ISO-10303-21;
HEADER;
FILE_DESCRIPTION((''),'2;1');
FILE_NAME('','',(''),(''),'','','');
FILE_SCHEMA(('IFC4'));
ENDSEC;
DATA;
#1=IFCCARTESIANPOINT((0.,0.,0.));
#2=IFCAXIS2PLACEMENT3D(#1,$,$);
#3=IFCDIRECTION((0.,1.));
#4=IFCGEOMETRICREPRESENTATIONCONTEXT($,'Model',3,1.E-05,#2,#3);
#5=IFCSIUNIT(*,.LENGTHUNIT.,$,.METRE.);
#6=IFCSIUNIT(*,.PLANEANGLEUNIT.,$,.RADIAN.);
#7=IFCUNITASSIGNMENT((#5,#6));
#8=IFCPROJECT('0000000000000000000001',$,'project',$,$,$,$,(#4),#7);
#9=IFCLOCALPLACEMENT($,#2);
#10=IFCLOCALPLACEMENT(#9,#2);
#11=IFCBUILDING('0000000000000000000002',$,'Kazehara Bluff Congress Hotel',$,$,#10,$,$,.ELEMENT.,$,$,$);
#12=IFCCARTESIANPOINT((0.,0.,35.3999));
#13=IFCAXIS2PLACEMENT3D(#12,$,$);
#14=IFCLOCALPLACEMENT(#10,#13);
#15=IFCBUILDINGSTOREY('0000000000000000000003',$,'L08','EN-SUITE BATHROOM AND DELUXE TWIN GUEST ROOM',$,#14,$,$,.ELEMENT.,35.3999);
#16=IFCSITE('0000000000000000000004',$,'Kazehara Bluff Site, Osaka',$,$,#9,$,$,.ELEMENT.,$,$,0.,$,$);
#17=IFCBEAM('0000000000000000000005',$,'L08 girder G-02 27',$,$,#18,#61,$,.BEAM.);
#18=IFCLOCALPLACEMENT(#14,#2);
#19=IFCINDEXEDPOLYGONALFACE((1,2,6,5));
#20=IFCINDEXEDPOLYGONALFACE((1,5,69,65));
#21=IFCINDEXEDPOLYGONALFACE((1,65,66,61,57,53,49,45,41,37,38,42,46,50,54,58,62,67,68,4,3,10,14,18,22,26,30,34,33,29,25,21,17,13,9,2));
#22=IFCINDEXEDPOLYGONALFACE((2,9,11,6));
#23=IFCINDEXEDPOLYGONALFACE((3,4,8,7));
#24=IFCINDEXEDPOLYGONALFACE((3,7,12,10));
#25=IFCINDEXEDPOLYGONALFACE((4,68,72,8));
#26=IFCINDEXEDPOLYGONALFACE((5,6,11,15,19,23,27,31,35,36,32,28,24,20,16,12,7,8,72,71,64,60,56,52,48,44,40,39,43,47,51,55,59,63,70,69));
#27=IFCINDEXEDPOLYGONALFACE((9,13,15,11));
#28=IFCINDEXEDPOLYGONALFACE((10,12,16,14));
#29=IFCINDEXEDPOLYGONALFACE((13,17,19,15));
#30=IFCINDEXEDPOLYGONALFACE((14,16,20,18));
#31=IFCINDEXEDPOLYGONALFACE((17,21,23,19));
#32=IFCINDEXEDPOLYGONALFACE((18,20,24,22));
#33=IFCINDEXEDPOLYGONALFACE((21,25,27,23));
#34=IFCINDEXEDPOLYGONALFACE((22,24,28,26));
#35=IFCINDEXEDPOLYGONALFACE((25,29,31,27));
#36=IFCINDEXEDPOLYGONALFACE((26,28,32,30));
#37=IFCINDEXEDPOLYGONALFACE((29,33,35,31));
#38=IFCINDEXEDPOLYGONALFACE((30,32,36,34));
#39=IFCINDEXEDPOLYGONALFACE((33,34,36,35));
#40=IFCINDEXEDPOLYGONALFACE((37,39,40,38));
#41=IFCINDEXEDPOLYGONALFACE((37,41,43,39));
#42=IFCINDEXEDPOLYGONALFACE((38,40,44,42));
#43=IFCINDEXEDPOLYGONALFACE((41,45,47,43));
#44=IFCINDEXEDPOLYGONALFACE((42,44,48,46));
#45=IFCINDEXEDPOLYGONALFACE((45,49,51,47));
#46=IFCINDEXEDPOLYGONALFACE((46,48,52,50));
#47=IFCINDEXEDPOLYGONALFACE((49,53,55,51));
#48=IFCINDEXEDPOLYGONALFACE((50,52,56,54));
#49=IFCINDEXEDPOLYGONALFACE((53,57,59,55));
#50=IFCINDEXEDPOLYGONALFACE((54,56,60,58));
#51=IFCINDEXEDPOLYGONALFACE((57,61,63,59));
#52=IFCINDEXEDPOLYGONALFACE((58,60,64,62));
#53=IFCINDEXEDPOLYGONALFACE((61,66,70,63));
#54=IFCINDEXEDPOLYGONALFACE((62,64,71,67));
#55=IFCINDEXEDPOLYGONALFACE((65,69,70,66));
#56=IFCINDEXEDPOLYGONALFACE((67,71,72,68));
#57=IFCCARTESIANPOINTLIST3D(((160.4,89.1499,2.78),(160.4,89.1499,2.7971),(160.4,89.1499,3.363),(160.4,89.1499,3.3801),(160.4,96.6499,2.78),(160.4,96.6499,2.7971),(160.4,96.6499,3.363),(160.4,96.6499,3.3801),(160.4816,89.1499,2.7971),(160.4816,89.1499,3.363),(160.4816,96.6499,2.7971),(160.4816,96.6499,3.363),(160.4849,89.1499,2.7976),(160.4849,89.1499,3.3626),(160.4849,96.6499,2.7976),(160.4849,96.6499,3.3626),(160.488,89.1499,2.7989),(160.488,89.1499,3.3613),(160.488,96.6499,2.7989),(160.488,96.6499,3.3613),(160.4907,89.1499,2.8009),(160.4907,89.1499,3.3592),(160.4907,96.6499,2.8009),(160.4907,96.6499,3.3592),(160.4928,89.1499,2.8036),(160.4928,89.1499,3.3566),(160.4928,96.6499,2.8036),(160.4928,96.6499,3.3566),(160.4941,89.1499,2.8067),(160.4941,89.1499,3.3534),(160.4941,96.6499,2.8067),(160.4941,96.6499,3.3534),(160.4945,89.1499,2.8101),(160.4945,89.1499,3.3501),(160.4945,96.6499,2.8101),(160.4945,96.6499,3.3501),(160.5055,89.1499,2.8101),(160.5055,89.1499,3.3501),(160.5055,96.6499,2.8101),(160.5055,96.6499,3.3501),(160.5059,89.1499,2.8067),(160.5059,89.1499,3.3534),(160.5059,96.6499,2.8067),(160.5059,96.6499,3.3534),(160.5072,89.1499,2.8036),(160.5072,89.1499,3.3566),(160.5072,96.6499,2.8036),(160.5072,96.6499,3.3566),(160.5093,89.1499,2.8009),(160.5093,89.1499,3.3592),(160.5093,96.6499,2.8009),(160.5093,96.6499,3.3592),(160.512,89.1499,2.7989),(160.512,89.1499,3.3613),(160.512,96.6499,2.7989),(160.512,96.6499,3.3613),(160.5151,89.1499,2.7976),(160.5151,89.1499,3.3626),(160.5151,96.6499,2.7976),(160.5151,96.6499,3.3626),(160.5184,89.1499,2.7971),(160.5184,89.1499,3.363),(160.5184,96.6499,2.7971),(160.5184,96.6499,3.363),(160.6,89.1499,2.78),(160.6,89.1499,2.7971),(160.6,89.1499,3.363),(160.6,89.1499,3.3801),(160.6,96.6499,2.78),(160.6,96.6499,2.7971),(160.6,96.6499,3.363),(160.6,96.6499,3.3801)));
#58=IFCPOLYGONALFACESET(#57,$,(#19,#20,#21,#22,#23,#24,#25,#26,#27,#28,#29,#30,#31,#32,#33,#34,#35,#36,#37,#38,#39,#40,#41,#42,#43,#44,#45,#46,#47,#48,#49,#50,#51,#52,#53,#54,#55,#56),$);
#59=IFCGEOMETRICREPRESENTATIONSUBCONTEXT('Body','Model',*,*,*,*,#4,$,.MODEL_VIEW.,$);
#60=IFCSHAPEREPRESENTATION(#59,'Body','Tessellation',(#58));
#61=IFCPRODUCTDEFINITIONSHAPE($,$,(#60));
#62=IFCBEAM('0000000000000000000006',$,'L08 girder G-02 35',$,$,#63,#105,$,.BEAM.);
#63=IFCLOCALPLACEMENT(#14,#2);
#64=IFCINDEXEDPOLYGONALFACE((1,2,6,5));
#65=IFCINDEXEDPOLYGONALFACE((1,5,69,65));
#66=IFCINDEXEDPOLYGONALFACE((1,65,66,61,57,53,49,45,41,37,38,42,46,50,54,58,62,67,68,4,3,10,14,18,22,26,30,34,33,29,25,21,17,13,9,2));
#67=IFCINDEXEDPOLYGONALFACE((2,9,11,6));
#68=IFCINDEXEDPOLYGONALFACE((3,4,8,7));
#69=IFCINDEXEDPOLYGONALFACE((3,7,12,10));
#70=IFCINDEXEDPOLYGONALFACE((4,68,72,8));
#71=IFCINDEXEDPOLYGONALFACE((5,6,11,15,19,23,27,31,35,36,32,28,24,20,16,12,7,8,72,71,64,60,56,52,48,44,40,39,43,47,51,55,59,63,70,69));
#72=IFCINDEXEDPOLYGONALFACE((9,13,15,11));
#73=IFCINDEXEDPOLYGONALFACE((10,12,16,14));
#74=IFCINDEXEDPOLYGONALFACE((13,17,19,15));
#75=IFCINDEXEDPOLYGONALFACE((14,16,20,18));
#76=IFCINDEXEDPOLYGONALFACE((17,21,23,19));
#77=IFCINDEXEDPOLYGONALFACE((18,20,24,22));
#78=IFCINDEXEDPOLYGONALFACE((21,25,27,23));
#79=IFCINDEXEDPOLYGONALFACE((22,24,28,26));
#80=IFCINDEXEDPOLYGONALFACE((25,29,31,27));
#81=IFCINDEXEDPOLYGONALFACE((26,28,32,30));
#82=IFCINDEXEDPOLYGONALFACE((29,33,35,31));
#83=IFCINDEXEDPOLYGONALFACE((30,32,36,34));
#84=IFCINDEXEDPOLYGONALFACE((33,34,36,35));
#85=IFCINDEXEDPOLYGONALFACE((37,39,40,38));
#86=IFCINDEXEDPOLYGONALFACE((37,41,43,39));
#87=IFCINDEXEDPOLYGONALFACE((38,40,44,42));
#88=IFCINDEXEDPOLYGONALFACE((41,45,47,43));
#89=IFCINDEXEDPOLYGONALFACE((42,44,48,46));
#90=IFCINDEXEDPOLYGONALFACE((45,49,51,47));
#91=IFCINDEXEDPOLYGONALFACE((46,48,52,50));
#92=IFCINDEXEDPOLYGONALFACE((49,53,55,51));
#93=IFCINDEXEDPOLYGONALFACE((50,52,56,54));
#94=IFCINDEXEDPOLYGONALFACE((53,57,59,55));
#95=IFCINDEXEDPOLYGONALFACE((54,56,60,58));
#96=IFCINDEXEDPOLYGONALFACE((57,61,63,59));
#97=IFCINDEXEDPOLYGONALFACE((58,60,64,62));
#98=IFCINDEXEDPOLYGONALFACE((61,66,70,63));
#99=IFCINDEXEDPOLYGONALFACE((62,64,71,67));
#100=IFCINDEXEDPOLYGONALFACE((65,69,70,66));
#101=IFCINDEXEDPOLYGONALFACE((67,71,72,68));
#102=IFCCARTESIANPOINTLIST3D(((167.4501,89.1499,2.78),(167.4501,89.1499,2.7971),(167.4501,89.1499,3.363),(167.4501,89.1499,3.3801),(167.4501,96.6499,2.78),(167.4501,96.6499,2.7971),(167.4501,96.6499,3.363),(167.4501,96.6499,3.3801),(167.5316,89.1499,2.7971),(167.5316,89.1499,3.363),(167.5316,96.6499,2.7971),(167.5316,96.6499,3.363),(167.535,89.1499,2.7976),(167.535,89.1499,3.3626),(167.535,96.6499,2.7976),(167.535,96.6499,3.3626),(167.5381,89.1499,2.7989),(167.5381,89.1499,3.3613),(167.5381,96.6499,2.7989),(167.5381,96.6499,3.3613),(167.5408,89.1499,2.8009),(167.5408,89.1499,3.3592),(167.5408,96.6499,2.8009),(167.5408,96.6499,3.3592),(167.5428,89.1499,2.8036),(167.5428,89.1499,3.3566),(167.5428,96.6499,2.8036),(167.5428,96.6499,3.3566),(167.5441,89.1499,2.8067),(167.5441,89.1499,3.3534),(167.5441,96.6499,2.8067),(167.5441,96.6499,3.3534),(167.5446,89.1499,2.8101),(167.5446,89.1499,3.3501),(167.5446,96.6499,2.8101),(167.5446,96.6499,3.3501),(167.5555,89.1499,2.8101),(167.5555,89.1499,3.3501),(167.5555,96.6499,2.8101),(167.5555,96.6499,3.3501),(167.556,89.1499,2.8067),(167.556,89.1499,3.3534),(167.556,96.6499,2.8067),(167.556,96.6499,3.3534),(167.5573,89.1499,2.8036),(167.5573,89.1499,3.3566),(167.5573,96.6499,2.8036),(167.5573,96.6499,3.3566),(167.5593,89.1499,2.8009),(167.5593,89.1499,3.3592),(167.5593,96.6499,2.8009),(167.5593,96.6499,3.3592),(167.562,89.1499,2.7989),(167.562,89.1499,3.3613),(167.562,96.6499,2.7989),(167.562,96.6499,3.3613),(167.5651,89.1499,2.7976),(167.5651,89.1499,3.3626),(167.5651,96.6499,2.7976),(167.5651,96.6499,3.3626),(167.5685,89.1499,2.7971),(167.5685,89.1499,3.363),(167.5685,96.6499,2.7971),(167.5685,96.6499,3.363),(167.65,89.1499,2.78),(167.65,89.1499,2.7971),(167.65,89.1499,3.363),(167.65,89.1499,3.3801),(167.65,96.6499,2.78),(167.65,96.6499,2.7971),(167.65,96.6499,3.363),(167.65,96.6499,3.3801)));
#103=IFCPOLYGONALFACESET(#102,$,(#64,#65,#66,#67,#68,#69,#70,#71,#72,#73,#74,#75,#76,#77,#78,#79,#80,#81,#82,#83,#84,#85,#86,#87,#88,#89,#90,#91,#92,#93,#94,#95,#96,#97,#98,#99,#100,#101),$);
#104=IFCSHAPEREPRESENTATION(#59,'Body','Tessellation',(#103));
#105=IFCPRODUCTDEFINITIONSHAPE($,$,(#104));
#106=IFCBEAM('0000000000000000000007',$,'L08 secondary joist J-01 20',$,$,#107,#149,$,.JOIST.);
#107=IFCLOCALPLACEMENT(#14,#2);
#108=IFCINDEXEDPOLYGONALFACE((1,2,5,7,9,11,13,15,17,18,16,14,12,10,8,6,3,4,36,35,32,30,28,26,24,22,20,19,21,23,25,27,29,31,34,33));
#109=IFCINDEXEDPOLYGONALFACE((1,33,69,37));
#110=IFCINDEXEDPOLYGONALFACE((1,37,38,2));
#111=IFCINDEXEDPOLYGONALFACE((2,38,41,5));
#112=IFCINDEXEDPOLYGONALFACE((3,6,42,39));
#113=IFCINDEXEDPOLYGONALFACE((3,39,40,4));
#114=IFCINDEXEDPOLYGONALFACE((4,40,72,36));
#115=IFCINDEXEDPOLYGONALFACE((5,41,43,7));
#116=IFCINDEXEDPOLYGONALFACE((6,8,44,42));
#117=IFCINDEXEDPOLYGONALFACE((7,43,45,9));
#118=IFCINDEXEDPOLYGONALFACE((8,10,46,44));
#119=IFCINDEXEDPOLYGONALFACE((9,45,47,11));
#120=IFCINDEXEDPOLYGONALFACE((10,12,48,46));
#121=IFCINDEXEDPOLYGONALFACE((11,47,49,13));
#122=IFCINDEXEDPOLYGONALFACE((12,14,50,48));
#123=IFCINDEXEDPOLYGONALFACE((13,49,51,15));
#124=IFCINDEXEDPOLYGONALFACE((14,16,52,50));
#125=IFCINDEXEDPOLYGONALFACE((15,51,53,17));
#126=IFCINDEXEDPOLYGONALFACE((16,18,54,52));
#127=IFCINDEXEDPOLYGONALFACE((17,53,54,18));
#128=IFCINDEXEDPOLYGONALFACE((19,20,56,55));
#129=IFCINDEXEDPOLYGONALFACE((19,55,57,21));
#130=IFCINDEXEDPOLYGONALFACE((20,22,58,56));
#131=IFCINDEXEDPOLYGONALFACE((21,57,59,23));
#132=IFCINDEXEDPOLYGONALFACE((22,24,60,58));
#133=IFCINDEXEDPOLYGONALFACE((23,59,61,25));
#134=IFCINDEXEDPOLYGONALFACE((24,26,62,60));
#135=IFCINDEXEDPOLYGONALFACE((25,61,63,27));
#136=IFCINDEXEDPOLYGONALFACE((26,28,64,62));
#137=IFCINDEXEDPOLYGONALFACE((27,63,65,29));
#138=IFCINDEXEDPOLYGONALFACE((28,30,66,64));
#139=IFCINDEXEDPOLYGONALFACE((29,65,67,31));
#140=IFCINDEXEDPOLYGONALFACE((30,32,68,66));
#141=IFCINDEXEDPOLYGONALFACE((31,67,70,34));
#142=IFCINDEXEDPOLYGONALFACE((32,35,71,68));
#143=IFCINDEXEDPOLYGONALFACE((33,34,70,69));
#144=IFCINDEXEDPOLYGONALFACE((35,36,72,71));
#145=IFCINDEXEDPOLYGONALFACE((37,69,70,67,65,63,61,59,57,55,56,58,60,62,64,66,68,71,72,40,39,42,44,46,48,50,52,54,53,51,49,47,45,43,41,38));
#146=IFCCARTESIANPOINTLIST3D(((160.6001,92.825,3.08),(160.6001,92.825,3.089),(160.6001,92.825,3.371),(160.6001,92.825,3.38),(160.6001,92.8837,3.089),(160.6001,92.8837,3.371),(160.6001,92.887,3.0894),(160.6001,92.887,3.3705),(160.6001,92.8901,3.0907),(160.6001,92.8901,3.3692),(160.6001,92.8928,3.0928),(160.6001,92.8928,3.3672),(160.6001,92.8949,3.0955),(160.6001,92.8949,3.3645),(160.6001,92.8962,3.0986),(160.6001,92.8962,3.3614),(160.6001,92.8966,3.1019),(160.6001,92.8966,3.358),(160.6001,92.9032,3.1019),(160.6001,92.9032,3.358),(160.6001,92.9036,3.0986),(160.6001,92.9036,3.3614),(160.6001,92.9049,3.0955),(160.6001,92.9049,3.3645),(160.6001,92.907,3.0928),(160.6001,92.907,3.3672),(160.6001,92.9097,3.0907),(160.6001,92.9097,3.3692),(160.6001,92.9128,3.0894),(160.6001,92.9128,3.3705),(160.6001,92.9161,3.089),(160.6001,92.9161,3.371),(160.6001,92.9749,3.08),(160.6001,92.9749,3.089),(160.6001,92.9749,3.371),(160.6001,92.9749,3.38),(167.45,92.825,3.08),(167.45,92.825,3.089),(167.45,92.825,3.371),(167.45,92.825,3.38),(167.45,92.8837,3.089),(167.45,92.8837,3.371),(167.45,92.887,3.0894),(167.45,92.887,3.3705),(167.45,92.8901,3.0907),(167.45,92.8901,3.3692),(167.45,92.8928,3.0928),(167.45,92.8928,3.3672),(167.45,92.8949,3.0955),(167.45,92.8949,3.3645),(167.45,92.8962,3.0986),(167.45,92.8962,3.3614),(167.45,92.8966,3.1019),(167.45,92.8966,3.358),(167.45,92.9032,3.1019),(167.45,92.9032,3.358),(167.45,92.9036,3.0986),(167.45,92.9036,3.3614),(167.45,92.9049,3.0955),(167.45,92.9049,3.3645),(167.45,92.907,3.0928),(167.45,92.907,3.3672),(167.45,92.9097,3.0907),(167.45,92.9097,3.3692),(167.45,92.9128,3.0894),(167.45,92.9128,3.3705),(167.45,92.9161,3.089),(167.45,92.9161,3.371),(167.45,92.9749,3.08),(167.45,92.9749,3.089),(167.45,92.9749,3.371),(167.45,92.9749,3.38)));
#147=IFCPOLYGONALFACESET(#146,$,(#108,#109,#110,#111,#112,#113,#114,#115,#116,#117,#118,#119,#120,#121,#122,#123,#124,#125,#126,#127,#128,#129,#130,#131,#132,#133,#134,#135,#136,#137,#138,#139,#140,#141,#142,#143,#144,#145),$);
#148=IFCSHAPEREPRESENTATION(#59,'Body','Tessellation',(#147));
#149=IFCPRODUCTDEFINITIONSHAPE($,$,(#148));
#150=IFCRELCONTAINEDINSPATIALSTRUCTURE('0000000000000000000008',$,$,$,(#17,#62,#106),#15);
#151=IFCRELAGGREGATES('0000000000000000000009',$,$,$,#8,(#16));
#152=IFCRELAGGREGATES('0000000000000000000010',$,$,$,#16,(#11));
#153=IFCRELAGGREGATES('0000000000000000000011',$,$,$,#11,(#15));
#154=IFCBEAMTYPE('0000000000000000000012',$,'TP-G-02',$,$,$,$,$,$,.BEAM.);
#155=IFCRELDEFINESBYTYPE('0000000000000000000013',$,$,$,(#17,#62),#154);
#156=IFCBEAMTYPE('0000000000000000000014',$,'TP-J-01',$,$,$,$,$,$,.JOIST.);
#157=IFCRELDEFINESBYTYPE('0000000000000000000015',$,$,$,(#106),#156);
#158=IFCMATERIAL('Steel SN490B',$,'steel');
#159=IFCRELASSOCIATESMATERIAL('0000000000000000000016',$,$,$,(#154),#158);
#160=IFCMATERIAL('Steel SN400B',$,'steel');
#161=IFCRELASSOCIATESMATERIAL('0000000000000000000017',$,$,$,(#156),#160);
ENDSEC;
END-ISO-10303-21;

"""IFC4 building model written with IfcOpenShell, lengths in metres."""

from ifc_helpers import new_model, si_unit, direction, frame, origin, origin_2d, place, context, subcontext, project, spatial, i_section, extrude, material, material_profile, profile_set, type_object, element, save


model = new_model("IFC4")

# Units and contexts
model_context = context("Model", 3, precision=1e-05, world=origin(), true_north=direction((0.0, 1.0)))
body_context = subcontext(model_context, "Body", "Model", "MODEL_VIEW")
ifc_project = project(units=[si_unit("LENGTHUNIT", "METRE"), si_unit("PLANEANGLEUNIT", "RADIAN")], contexts=[model_context])

# Site, building, storey
site_placement = place(None, origin())
site = spatial("IfcSite", under=ifc_project, at=site_placement, Name="Kazehara Bluff Site, Osaka", CompositionType="ELEMENT", RefElevation=0.0)
building_placement = place(site_placement, origin())
building = spatial("IfcBuilding", under=site, at=building_placement, Name="Kazehara Bluff Congress Hotel", CompositionType="ELEMENT")
storey_placement = place(building_placement, frame((0.0, 0.0, 35.3999)))
storey = spatial("IfcBuildingStorey", under=building, at=storey_placement, Name="L08", Description="EN-SUITE BATHROOM AND DELUXE TWIN GUEST ROOM", CompositionType="ELEMENT", Elevation=35.3999)

# Beams
ifc_material_1 = material(Name="Steel SN490B", Category="steel")
ifc_material_profile_1 = material_profile(ifc_material_1, i_section(OverallWidth=0.2, OverallDepth=0.6001, WebThickness=0.011, FlangeThickness=0.0171, FilletRadius=0.0129, at=origin_2d()))
ifc_profile_set_1 = profile_set([ifc_material_profile_1], Name="Steel SN490B")
beam_type_1 = type_object("IfcBeamType", Name="TP-G-02", PredefinedType="BEAM", material=ifc_profile_set_1)
for number, where, z_axis, x_axis, name in (
    (1, (160.5, 89.1499, 3.0801), (0.0, 1.0, 0.0), (-1.0, 0.0, 0.0), "L08 girder G-02 27"),
    (2, (167.55, 89.1499, 3.0801), (0.0, 1.0, 0.0), (-1.0, 0.0, 0.0), "L08 girder G-02 35"),
):
    element("IfcBeam", number, at=place(storey_placement, frame(where, z_axis=z_axis, x_axis=x_axis)), inside=storey, type_object=beam_type_1, Name=name, PredefinedType="BEAM", context=body_context, shape_type="SweptSolid", body=[
        extrude(i_section(OverallWidth=0.2, OverallDepth=0.6001, WebThickness=0.011, FlangeThickness=0.0171, FilletRadius=0.0129, at=origin_2d()), origin(), (0.0, 0.0, 1.0), 7.5),
    ])
ifc_material_2 = material(Name="Steel SN400B", Category="steel")
ifc_material_profile_2 = material_profile(ifc_material_2, i_section(OverallWidth=0.1499, OverallDepth=0.3, WebThickness=0.0066, FlangeThickness=0.009, FilletRadius=0.0129, at=origin_2d()))
ifc_profile_set_2 = profile_set([ifc_material_profile_2], Name="Steel SN400B")
beam_type_2 = type_object("IfcBeamType", Name="TP-J-01", PredefinedType="JOIST", material=ifc_profile_set_2)
beam_1_placement = place(storey_placement, frame((160.6001, 92.8999, 3.23), z_axis=(1.0, 0.0, 0.0), x_axis=(0.0, 1.0, 0.0)))
element("IfcBeam", 3, at=beam_1_placement, inside=storey, type_object=beam_type_2, Name="L08 secondary joist J-01 20", PredefinedType="JOIST", context=body_context, shape_type="SweptSolid", body=[
    extrude(i_section(OverallWidth=0.1499, OverallDepth=0.3, WebThickness=0.0066, FlangeThickness=0.009, FilletRadius=0.0129, at=origin_2d()), origin(), (0.0, 0.0, 1.0), 6.8499),
])

save(model, "model.ifc")
